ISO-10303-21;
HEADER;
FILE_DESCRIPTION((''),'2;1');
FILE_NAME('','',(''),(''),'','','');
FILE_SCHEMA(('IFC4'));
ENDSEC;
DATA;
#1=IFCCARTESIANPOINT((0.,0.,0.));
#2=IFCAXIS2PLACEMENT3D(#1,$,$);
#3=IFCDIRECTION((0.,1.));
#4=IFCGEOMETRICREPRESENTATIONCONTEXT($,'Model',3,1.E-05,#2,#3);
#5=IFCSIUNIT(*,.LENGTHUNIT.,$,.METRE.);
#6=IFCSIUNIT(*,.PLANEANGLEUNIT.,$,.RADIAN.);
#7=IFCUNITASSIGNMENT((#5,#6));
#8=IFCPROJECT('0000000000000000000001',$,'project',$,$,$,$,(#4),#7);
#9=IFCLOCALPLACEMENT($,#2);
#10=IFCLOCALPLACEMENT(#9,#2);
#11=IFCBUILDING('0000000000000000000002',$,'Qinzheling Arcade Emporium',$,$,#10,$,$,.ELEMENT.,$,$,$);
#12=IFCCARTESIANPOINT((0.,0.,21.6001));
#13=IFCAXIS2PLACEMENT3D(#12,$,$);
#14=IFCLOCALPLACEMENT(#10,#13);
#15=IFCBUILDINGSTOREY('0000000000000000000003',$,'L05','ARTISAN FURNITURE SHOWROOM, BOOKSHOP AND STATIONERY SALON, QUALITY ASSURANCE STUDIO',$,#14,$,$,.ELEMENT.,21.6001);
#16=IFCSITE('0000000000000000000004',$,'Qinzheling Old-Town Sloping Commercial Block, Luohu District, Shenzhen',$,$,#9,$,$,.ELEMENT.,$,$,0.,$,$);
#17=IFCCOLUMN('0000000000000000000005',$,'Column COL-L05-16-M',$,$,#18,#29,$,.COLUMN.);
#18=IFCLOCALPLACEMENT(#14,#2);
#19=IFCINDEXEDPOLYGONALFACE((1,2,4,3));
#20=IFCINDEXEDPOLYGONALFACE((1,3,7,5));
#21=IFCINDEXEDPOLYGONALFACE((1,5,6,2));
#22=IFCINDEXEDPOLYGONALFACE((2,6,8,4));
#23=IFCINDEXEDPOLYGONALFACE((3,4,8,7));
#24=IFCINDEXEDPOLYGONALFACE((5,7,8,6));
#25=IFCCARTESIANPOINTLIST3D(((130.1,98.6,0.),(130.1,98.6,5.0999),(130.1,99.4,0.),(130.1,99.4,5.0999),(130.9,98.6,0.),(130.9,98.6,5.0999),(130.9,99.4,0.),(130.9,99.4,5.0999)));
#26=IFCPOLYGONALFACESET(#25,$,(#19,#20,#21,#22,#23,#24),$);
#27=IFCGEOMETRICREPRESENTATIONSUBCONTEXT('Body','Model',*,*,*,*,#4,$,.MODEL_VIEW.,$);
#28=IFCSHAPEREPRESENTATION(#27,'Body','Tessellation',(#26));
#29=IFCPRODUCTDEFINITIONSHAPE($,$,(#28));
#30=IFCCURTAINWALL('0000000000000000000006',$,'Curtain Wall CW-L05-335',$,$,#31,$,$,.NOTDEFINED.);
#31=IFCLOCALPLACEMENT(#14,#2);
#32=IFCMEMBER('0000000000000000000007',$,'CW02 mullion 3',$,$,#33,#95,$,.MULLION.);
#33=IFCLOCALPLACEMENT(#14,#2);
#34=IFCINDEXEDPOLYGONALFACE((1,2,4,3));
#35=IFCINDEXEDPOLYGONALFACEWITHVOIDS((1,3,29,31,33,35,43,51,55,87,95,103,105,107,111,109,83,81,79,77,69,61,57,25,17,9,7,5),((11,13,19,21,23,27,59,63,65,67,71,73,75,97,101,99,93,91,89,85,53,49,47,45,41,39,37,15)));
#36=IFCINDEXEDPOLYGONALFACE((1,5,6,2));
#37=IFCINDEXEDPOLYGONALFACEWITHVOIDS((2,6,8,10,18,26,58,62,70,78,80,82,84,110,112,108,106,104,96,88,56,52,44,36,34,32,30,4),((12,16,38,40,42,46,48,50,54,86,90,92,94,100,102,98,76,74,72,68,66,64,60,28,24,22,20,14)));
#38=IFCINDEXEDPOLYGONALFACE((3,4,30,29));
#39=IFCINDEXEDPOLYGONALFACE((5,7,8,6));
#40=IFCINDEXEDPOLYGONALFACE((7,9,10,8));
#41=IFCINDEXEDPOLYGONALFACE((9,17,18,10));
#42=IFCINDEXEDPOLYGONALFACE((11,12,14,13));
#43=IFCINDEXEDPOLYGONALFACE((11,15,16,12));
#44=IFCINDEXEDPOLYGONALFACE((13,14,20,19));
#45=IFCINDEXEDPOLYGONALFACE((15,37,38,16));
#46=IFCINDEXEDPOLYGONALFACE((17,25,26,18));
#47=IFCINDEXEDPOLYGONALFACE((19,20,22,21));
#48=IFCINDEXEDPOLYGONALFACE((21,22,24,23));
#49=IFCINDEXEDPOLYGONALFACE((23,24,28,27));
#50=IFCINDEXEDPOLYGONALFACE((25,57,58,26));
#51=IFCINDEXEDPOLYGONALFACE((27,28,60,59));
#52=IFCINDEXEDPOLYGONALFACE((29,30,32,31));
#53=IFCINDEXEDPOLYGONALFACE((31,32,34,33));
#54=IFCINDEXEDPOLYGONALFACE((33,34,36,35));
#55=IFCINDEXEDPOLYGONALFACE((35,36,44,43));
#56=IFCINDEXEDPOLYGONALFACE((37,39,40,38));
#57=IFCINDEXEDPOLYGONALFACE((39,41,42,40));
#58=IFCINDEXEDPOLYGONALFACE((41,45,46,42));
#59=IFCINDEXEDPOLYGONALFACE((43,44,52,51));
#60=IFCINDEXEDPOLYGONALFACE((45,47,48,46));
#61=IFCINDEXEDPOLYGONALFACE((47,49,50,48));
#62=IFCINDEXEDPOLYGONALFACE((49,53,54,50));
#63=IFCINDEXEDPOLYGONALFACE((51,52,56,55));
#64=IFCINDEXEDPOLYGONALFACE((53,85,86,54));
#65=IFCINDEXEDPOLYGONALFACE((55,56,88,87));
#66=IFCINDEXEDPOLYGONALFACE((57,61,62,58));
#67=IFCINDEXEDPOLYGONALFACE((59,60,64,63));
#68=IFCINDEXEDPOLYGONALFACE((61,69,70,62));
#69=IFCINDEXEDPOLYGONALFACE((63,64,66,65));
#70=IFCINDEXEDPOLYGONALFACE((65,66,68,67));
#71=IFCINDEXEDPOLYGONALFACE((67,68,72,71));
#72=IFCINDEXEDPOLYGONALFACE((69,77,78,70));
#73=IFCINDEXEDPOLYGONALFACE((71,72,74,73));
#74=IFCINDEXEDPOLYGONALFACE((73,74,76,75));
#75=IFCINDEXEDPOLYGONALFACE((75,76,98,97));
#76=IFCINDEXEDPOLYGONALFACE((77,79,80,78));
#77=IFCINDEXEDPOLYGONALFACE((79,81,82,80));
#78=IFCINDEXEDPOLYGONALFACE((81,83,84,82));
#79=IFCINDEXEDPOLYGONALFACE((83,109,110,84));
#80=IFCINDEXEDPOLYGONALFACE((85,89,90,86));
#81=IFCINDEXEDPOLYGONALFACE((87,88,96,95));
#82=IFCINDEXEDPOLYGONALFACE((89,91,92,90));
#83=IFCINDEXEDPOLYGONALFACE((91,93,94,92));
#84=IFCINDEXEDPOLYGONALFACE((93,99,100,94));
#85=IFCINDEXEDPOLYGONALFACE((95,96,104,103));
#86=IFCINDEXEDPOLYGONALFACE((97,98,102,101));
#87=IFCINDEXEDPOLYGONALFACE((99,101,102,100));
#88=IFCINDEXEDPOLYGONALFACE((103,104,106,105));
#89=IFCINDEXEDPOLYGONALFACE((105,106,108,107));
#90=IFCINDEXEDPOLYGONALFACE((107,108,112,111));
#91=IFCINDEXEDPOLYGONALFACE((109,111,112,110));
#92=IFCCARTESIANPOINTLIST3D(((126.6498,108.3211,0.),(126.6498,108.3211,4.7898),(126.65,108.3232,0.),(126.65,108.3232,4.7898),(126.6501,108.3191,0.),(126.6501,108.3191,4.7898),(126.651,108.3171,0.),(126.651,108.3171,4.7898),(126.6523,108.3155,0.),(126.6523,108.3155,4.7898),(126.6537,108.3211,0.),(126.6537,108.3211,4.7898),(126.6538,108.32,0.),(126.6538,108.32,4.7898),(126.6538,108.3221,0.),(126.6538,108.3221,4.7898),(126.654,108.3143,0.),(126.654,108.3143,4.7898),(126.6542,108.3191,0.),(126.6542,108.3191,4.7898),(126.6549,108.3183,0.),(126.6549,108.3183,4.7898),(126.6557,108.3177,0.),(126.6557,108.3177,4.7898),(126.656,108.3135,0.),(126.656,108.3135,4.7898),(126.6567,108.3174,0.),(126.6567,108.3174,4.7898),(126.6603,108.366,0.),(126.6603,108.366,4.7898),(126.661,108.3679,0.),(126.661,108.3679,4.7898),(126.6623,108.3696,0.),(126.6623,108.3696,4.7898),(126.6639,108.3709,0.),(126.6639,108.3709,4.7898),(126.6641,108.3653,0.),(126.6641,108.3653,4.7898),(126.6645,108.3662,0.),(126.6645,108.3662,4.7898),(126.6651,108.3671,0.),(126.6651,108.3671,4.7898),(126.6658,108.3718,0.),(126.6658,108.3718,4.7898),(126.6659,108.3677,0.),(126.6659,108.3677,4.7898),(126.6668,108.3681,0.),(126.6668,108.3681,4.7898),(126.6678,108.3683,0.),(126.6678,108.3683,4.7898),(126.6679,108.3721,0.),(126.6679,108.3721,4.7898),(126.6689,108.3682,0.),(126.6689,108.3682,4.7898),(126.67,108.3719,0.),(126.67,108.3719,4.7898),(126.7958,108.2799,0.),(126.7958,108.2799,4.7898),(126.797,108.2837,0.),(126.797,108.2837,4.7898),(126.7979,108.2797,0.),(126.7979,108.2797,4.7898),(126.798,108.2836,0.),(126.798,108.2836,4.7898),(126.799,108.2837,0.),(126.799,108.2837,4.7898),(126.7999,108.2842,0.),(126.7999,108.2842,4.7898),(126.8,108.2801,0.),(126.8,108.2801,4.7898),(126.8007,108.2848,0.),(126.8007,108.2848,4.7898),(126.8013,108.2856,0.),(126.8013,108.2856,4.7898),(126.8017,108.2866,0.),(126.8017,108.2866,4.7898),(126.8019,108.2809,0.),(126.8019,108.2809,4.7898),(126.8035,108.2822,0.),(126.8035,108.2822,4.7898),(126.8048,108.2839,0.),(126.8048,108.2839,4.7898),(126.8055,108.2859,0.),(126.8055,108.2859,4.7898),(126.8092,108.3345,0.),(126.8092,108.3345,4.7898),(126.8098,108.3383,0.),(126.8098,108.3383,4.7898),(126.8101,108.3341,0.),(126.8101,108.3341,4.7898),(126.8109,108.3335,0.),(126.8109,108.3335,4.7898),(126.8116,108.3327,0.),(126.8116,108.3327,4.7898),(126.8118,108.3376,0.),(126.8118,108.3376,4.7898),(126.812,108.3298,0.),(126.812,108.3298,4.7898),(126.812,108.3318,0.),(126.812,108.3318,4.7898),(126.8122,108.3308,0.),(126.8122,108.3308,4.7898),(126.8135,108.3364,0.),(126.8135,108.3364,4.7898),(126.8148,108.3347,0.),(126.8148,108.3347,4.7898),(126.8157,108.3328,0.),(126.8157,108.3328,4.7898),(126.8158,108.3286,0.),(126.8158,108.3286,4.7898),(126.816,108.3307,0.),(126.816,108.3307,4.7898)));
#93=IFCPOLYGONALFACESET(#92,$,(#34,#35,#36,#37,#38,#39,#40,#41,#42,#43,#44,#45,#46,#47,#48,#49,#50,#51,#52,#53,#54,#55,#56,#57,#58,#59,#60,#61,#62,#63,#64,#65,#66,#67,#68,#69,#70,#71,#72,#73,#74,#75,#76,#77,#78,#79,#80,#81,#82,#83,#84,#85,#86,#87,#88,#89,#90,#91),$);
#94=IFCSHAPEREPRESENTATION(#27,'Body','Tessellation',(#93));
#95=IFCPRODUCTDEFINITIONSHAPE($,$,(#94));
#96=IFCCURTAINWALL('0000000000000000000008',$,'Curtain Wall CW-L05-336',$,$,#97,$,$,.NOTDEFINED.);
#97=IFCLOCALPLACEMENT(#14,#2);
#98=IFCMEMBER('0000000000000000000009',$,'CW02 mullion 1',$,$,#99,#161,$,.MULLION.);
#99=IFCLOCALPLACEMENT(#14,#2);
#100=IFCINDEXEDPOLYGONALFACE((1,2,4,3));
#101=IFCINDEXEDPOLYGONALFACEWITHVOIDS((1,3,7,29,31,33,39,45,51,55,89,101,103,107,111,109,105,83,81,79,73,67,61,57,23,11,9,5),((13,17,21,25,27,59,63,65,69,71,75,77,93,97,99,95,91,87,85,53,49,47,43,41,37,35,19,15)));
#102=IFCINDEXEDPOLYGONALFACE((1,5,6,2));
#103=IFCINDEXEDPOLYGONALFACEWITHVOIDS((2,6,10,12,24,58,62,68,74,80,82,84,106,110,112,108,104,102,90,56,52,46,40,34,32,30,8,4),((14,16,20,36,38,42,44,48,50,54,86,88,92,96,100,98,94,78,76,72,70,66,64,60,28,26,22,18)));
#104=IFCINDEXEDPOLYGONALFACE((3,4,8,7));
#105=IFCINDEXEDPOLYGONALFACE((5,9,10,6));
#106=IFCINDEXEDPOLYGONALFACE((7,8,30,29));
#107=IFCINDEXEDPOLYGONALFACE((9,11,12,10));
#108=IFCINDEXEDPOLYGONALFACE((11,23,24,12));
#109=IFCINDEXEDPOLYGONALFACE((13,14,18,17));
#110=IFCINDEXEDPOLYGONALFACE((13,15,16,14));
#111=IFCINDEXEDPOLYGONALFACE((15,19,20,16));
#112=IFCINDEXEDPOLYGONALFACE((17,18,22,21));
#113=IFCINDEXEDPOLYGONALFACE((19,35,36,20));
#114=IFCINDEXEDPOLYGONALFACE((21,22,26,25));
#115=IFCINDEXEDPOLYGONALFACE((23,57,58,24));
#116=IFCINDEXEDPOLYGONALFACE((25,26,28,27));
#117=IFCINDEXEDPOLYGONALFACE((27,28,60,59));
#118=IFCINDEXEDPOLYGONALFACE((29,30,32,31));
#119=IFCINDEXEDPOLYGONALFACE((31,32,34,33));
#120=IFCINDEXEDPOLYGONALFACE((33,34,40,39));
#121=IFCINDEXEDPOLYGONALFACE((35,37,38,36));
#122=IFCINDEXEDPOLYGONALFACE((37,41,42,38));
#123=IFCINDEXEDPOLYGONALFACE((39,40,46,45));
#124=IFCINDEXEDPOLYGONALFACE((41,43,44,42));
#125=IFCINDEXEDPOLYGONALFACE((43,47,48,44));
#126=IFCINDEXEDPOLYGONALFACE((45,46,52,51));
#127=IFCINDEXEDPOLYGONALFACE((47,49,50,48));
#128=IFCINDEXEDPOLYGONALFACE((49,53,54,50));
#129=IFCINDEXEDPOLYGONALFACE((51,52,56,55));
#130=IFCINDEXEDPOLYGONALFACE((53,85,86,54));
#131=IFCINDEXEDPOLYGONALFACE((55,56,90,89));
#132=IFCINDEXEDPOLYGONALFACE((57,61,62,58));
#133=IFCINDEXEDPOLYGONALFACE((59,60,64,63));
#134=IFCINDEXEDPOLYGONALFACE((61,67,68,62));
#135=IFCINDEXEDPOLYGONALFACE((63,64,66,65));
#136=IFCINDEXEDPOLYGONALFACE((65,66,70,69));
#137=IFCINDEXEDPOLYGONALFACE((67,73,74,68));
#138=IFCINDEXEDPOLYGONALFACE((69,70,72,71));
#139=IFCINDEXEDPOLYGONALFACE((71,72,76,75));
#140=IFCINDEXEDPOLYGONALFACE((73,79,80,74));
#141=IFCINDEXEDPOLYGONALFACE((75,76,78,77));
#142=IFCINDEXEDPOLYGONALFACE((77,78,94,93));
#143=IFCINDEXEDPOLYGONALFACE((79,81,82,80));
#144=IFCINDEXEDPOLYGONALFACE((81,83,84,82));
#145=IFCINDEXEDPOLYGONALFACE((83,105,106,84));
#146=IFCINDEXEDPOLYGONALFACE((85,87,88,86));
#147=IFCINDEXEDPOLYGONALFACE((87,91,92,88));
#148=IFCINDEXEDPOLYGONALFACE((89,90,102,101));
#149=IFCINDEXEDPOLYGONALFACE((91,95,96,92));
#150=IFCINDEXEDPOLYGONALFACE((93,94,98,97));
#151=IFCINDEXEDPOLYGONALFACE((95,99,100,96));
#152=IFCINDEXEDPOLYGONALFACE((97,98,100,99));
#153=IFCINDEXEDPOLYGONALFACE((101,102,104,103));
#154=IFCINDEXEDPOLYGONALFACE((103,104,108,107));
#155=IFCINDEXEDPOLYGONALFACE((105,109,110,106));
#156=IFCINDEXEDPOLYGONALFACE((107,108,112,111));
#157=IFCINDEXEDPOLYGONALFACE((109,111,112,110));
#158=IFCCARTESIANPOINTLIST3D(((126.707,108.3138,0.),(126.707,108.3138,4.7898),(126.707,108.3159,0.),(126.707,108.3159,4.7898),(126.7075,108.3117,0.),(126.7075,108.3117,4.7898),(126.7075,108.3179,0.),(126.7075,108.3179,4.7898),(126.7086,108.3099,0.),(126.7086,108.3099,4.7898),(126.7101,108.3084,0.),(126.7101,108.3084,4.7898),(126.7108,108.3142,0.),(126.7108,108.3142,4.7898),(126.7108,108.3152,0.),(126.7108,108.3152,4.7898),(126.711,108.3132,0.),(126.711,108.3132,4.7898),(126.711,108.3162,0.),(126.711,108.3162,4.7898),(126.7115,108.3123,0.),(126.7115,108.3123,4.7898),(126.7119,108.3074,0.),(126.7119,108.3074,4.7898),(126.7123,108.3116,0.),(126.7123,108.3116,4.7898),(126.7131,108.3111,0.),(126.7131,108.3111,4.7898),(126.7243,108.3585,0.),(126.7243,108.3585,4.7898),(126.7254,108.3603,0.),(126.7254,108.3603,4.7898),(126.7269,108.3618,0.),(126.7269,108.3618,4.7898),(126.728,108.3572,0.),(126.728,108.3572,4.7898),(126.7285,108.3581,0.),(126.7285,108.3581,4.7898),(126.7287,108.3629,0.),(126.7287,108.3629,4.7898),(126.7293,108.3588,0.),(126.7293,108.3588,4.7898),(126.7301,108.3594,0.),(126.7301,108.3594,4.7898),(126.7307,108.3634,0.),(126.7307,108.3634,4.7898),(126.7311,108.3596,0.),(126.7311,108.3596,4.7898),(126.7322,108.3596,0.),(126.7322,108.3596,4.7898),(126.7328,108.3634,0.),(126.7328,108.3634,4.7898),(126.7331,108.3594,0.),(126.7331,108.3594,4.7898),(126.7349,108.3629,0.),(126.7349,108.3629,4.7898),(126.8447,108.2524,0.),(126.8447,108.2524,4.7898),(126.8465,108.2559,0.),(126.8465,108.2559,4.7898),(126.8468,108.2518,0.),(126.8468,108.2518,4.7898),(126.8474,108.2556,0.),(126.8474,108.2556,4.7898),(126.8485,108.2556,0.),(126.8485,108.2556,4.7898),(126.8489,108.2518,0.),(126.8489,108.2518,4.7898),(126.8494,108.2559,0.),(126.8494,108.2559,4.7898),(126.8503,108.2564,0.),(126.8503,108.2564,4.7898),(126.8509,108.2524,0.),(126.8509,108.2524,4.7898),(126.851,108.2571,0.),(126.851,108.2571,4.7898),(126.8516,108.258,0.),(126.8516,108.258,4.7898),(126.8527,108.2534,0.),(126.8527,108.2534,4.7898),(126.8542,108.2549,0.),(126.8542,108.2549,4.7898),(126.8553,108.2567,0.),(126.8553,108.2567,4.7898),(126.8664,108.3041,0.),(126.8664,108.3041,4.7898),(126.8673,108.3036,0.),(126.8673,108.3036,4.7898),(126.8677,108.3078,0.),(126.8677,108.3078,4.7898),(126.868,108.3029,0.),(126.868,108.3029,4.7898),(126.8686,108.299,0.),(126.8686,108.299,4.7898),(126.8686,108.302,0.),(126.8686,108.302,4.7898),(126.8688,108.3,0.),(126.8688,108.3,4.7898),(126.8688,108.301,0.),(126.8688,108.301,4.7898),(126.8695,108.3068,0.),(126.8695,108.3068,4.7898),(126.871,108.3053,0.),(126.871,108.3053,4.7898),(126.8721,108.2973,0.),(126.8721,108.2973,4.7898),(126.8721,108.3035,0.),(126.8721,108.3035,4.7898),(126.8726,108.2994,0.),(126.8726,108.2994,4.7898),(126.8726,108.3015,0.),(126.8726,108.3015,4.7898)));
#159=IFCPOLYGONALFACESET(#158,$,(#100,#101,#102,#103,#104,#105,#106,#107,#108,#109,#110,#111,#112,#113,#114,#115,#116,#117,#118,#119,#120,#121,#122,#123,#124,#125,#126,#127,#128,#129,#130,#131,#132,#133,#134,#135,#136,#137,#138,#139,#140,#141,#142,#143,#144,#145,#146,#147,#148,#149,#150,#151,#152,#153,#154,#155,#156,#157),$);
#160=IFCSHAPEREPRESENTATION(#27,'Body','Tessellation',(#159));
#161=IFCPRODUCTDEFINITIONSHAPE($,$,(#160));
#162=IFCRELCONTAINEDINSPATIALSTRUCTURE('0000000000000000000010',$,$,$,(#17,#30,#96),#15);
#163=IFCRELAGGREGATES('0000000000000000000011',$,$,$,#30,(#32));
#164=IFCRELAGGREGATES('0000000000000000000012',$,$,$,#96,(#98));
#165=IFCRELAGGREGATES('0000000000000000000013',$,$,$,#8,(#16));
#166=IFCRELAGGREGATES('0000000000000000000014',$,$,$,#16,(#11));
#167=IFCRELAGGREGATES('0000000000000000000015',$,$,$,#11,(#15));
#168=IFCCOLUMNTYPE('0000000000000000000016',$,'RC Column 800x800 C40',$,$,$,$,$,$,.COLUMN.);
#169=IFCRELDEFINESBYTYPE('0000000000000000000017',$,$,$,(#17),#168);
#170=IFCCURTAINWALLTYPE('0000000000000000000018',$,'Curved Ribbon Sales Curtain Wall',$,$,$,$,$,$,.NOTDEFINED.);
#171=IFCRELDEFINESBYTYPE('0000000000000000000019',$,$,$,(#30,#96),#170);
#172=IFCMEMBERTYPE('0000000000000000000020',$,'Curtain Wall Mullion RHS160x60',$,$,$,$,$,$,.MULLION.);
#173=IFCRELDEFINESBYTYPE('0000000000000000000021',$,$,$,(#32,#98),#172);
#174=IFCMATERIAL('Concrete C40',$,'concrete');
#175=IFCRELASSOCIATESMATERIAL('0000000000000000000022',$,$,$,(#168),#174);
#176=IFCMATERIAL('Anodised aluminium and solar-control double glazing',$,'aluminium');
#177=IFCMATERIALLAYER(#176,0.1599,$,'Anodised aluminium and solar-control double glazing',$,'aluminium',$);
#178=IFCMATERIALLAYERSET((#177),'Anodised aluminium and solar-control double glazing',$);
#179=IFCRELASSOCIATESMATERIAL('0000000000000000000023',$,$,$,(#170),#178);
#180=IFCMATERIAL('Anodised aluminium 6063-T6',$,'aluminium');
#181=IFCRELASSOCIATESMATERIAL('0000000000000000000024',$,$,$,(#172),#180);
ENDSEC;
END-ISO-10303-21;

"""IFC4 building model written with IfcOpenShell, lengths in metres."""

from ifc_helpers import new_model, si_unit, direction, frame, origin, origin_2d, place, context, subcontext, project, spatial, rectangle, hollow_rectangle, extrude, material, layer, layer_set, material_profile, profile_set, type_object, element, aggregate, save


model = new_model("IFC4")

# Units and contexts
model_context = context("Model", 3, precision=1e-05, world=origin(), true_north=direction((0.0, 1.0)))
body_context = subcontext(model_context, "Body", "Model", "MODEL_VIEW")
ifc_project = project(units=[si_unit("LENGTHUNIT", "METRE"), si_unit("PLANEANGLEUNIT", "RADIAN")], contexts=[model_context])

# Site, building, storey
site_placement = place(None, origin())
site = spatial("IfcSite", under=ifc_project, at=site_placement, Name="Qinzheling Old-Town Sloping Commercial Block, Luohu District, Shenzhen", CompositionType="ELEMENT", RefElevation=0.0)
building_placement = place(site_placement, origin())
building = spatial("IfcBuilding", under=site, at=building_placement, Name="Qinzheling Arcade Emporium", CompositionType="ELEMENT")
storey_placement = place(building_placement, frame((0.0, 0.0, 21.6001)))
storey = spatial("IfcBuildingStorey", under=building, at=storey_placement, Name="L05", Description="ARTISAN FURNITURE SHOWROOM, BOOKSHOP AND STATIONERY SALON, QUALITY ASSURANCE STUDIO", CompositionType="ELEMENT", Elevation=21.6001)

# Column
ifc_material_1 = material(Name="Concrete C40", Category="concrete")
ifc_material_profile_1 = material_profile(ifc_material_1, rectangle(XDim=0.8, YDim=0.8, at=origin_2d()), Name="RC 800x800", Category="concrete")
ifc_profile_set_1 = profile_set([ifc_material_profile_1], Name="Concrete C40")
column_type = type_object("IfcColumnType", Name="RC Column 800x800 C40", PredefinedType="COLUMN", material=ifc_profile_set_1)
column_placement = place(storey_placement, frame((130.5, 99.0, 0.0), z_axis=(0.0, 0.0, 1.0), x_axis=(1.0, 0.0, 0.0)))
element("IfcColumn", 1, at=column_placement, inside=storey, type_object=column_type, Name="Column COL-L05-16-M", PredefinedType="COLUMN", context=body_context, shape_type="SweptSolid", body=[
    extrude(rectangle(XDim=0.8, YDim=0.8, at=origin_2d()), origin(), (0.0, 0.0, 1.0), 5.0999),
])

# Curtain wall, member
ifc_material_2 = material(Name="Anodised aluminium and solar-control double glazing", Category="aluminium")
ifc_layer_1 = layer(ifc_material_2, 0.1599, Name="Anodised aluminium and solar-control double glazing", Category="aluminium")
ifc_layer_set_1 = layer_set([ifc_layer_1], Name="Anodised aluminium and solar-control double glazing")
curtain_wall_type = type_object("IfcCurtainWallType", Name="Curved Ribbon Sales Curtain Wall", PredefinedType="NOTDEFINED", material=ifc_layer_set_1)
curtain_wall_1_placement = place(storey_placement, origin())
curtain_wall_1 = element("IfcCurtainWall", 2, at=curtain_wall_1_placement, inside=storey, type_object=curtain_wall_type, Name="Curtain Wall CW-L05-335", PredefinedType="NOTDEFINED")
ifc_material_3 = material(Name="Anodised aluminium 6063-T6", Category="aluminium")
ifc_material_profile_2 = material_profile(ifc_material_3, hollow_rectangle(XDim=0.0601, YDim=0.1599, WallThickness=0.0039, InnerFilletRadius=0.0039, OuterFilletRadius=0.0081, at=origin_2d()), Name="RHS 160x60x4", Category="aluminium")
ifc_profile_set_2 = profile_set([ifc_material_profile_2], Name="Anodised aluminium 6063-T6")
member_type_1 = type_object("IfcMemberType", Name="Curtain Wall Mullion RHS160x60", PredefinedType="MULLION", material=ifc_profile_set_2)
member_1_placement = place(storey_placement, frame((126.7329, 108.3259, 0.0), z_axis=(0.0, 0.0, 1.0), x_axis=(0.23336, 0.972391, 0.0)))
member_1 = element("IfcMember", 3, at=member_1_placement, type_object=member_type_1, Name="CW02 mullion 3", PredefinedType="MULLION", context=body_context, shape_type="SweptSolid", body=[
    extrude(hollow_rectangle(XDim=0.0601, YDim=0.1599, WallThickness=0.0039, InnerFilletRadius=0.0039, OuterFilletRadius=0.0081, at=origin_2d()), origin(), (0.0, 0.0, 1.0), 4.7898),
])

# Curtain wall, member
curtain_wall_2_placement = place(storey_placement, origin())
curtain_wall_2 = element("IfcCurtainWall", 4, at=curtain_wall_2_placement, inside=storey, type_object=curtain_wall_type, Name="Curtain Wall CW-L05-336", PredefinedType="NOTDEFINED")
member_2_placement = place(storey_placement, frame((126.7898, 108.3076, 0.0), z_axis=(0.0, 0.0, 1.0), x_axis=(0.382654, 0.923892, 0.0)))
member_2 = element("IfcMember", 5, at=member_2_placement, type_object=member_type_1, Name="CW02 mullion 1", PredefinedType="MULLION", context=body_context, shape_type="SweptSolid", body=[
    extrude(hollow_rectangle(XDim=0.0601, YDim=0.1599, WallThickness=0.0039, InnerFilletRadius=0.0039, OuterFilletRadius=0.0081, at=origin_2d()), origin(), (0.0, 0.0, 1.0), 4.7898),
])

aggregate(curtain_wall_1, [member_1])
aggregate(curtain_wall_2, [member_2])

save(model, "model.ifc")
